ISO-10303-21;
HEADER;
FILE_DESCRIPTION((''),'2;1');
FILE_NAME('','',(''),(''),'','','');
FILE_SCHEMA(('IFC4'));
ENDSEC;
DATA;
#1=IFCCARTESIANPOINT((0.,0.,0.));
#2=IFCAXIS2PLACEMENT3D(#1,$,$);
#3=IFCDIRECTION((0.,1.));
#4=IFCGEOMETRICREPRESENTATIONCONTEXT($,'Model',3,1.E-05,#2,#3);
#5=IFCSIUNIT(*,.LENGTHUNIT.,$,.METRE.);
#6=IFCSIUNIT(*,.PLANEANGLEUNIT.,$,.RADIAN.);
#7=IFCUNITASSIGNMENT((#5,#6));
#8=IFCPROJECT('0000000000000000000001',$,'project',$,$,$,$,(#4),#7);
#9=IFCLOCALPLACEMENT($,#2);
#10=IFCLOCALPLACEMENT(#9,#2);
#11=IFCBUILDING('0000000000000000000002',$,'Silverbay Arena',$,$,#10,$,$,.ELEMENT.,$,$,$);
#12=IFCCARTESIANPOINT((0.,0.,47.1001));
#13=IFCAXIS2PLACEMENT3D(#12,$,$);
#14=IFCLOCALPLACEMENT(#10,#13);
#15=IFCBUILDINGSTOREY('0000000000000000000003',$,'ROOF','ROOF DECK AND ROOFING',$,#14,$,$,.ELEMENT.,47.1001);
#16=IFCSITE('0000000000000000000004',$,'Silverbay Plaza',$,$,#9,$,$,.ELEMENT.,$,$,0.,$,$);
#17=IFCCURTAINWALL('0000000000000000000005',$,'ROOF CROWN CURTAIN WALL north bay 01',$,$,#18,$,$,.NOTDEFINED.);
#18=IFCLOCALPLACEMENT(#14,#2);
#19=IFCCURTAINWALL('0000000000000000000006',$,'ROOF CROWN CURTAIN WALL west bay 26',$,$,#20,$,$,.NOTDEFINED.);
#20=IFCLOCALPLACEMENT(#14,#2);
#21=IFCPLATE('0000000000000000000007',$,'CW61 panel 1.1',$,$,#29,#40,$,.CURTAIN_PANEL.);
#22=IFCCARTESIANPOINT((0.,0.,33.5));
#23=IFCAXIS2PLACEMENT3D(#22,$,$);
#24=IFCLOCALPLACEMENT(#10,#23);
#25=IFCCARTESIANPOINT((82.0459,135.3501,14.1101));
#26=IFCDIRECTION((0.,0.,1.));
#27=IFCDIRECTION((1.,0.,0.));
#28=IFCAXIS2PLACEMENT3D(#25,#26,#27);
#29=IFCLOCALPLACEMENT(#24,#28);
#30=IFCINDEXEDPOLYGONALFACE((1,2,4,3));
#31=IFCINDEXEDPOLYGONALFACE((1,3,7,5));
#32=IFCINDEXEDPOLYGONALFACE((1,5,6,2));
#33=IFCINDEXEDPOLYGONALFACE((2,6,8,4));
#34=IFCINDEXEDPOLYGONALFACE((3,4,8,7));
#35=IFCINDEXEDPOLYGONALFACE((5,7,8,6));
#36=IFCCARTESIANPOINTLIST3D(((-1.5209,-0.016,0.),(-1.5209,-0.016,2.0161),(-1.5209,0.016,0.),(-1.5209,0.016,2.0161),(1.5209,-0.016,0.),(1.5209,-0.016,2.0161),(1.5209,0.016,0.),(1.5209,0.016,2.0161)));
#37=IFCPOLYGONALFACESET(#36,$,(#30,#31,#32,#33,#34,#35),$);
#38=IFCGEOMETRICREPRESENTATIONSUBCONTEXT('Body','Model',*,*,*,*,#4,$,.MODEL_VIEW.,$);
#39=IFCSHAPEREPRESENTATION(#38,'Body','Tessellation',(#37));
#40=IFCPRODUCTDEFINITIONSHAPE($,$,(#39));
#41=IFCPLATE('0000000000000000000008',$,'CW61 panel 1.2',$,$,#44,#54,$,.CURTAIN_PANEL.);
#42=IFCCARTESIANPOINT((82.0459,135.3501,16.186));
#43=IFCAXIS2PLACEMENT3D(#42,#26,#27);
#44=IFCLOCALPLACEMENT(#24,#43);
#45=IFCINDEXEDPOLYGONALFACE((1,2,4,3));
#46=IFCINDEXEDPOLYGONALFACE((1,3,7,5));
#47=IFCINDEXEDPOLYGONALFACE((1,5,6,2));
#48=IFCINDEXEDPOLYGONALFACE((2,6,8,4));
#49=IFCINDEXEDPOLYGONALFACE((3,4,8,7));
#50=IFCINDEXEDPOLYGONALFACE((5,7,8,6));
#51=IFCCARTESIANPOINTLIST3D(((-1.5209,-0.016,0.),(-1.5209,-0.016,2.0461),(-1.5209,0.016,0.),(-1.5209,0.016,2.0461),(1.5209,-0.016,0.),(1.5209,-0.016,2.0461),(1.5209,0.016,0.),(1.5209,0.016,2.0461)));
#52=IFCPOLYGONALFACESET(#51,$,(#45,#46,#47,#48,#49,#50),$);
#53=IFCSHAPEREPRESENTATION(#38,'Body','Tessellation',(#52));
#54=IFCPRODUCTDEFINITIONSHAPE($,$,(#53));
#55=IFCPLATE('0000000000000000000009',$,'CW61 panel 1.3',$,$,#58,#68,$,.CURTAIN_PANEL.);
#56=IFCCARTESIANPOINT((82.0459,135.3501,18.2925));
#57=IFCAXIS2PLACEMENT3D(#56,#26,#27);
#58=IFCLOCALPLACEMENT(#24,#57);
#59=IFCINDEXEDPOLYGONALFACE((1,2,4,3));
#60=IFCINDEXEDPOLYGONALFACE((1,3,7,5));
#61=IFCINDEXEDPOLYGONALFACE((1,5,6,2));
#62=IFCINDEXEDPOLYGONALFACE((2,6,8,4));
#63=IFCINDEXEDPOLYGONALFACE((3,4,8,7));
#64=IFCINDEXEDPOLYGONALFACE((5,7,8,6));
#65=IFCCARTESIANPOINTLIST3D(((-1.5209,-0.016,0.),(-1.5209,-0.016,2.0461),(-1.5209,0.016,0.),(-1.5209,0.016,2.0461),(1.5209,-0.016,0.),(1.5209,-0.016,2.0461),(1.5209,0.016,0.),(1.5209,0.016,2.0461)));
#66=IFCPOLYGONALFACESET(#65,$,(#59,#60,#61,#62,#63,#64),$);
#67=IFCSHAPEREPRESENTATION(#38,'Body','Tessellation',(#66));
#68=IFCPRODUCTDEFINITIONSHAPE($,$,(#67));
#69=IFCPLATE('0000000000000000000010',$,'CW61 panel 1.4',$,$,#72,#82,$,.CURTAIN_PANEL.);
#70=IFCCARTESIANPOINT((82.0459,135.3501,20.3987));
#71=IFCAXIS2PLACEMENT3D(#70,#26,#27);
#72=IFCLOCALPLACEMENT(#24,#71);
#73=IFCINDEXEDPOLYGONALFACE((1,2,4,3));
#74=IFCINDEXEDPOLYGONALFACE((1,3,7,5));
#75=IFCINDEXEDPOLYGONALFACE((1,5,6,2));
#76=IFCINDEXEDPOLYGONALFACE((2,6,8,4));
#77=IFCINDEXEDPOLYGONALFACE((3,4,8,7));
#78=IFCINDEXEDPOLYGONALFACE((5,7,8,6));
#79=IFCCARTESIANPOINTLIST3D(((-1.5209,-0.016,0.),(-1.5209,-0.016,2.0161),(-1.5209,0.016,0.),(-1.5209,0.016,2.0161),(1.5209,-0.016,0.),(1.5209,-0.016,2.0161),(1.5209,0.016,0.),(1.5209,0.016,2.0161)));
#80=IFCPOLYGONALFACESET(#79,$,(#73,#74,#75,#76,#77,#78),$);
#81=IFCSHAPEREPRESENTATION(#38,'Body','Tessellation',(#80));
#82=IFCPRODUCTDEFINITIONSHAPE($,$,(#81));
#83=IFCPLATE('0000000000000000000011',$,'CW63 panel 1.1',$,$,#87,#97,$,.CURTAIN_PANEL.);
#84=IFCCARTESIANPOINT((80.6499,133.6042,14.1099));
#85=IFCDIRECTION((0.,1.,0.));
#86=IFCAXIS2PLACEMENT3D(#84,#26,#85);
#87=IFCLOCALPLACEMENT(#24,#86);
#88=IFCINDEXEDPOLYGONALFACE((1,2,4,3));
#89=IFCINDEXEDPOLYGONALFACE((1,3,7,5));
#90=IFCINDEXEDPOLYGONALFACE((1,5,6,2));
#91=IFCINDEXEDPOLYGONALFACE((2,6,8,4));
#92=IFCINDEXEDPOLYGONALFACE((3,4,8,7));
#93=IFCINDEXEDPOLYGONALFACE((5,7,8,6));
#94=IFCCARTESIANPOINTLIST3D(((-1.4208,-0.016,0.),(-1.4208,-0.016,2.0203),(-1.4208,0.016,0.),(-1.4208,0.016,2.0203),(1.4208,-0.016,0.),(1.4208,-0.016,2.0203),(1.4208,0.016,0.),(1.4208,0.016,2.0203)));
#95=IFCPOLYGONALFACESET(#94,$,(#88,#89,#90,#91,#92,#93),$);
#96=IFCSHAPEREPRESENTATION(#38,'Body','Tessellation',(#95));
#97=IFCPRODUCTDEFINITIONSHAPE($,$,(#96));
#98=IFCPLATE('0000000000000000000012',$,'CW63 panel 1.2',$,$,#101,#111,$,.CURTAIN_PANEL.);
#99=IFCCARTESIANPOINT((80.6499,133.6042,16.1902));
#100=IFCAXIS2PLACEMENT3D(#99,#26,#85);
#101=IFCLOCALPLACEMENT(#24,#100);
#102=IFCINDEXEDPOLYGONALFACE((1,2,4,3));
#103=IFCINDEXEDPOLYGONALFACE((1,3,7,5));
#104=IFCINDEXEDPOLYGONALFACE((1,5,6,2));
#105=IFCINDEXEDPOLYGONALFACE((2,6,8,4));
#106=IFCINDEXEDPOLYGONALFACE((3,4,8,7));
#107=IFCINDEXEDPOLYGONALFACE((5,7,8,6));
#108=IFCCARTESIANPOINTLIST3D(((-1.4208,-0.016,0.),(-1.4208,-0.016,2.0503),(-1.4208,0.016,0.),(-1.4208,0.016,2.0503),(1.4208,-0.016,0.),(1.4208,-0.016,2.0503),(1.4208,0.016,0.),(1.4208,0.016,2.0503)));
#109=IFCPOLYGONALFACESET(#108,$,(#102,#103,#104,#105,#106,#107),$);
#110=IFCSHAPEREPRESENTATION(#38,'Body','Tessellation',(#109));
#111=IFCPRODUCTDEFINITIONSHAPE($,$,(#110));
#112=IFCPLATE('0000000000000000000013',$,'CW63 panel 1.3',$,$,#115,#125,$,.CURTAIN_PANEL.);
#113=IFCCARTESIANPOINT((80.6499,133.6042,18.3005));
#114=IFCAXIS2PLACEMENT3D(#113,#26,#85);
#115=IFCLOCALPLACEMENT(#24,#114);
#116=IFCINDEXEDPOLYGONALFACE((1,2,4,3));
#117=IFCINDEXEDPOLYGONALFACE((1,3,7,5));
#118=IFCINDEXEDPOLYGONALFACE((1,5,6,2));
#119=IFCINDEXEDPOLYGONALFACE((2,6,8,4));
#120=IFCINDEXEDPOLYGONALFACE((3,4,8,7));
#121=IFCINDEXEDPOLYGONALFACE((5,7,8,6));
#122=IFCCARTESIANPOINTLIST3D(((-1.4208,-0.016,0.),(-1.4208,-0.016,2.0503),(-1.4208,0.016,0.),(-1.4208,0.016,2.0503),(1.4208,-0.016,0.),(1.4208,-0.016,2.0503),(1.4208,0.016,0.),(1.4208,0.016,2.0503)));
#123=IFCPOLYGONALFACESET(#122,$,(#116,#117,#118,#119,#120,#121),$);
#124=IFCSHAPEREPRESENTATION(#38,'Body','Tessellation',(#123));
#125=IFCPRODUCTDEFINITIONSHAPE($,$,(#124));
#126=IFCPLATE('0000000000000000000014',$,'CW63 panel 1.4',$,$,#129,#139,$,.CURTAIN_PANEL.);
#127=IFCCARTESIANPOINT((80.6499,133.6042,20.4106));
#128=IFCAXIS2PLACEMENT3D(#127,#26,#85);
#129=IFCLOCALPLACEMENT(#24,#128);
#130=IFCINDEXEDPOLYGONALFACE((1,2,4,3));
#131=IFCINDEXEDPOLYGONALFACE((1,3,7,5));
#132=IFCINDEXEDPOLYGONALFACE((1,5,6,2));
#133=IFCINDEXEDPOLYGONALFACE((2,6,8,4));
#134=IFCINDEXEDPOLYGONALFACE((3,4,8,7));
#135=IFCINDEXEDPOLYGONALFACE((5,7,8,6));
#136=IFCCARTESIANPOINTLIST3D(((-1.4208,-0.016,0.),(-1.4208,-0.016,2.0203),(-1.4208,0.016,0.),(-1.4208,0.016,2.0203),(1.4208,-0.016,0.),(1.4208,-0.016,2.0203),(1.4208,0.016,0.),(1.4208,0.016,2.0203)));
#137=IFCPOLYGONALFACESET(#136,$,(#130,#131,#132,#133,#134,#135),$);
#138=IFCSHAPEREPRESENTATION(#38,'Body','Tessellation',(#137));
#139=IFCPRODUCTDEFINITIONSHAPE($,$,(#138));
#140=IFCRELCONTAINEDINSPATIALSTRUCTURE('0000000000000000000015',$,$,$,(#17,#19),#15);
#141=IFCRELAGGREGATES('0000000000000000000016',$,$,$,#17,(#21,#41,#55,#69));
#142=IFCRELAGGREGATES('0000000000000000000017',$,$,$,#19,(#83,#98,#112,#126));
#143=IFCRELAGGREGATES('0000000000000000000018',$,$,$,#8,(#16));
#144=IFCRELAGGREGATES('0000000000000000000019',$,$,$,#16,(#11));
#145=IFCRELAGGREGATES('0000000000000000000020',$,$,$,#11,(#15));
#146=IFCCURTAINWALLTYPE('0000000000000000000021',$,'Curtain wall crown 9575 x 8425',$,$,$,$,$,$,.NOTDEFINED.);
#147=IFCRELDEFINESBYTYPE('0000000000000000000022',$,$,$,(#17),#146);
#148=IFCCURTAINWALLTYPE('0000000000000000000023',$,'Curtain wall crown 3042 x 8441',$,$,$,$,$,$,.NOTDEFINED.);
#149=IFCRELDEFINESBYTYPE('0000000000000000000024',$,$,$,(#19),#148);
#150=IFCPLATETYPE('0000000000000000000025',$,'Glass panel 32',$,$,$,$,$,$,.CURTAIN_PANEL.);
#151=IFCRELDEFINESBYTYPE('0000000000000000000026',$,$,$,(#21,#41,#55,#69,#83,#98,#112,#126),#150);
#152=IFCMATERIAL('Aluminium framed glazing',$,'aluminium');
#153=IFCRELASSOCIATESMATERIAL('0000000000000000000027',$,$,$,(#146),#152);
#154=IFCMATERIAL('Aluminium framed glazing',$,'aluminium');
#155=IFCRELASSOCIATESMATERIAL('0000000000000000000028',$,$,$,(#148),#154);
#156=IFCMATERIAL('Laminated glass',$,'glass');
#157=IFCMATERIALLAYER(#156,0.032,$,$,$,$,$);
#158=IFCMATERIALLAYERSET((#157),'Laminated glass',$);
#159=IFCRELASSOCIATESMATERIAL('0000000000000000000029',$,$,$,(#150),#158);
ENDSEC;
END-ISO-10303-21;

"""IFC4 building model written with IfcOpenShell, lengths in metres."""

from ifc_helpers import new_model, si_unit, direction, frame, origin, origin_2d, place, context, subcontext, project, spatial, rectangle, extrude, material, layer, layer_set, type_object, element, aggregate, save


model = new_model("IFC4")

# Units and contexts
model_context = context("Model", 3, precision=1e-05, world=origin(), true_north=direction((0.0, 1.0)))
body_context = subcontext(model_context, "Body", "Model", "MODEL_VIEW")
ifc_project = project(units=[si_unit("LENGTHUNIT", "METRE"), si_unit("PLANEANGLEUNIT", "RADIAN")], contexts=[model_context])

# Site, building, storey
site_placement = place(None, origin())
site = spatial("IfcSite", under=ifc_project, at=site_placement, Name="Silverbay Plaza", CompositionType="ELEMENT", RefElevation=0.0)
building_placement = place(site_placement, origin())
building = spatial("IfcBuilding", under=site, at=building_placement, Name="Silverbay Arena", CompositionType="ELEMENT")
storey_placement = place(building_placement, frame((0.0, 0.0, 47.1001)))
storey = spatial("IfcBuildingStorey", under=building, at=storey_placement, Name="ROOF", Description="ROOF DECK AND ROOFING", CompositionType="ELEMENT", Elevation=47.1001)

# Curtain wall
ifc_material_1 = material(Name="Aluminium framed glazing", Category="aluminium")
curtain_wall_type_1 = type_object("IfcCurtainWallType", Name="Curtain wall crown 9575 x 8425", PredefinedType="NOTDEFINED", material=ifc_material_1)
curtain_wall_1_placement = place(storey_placement, origin())
curtain_wall_1 = element("IfcCurtainWall", 1, at=curtain_wall_1_placement, inside=storey, type_object=curtain_wall_type_1, Name="ROOF CROWN CURTAIN WALL north bay 01", PredefinedType="NOTDEFINED")
placement = place(building_placement, frame((0.0, 0.0, 33.5)))

# Curtain wall
ifc_material_2 = material(Name="Aluminium framed glazing", Category="aluminium")
curtain_wall_type_2 = type_object("IfcCurtainWallType", Name="Curtain wall crown 3042 x 8441", PredefinedType="NOTDEFINED", material=ifc_material_2)
curtain_wall_2_placement = place(storey_placement, origin())
curtain_wall_2 = element("IfcCurtainWall", 2, at=curtain_wall_2_placement, inside=storey, type_object=curtain_wall_type_2, Name="ROOF CROWN CURTAIN WALL west bay 26", PredefinedType="NOTDEFINED")

# Plates
ifc_material_3 = material(Name="Laminated glass", Category="glass")
ifc_layer_1 = layer(ifc_material_3, 0.032)
ifc_layer_set_1 = layer_set([ifc_layer_1], Name="Laminated glass")
plate_type = type_object("IfcPlateType", Name="Glass panel 32", PredefinedType="CURTAIN_PANEL", material=ifc_layer_set_1)
plate_1_placement = place(placement, frame((82.0459, 135.3501, 14.1101), z_axis=(0.0, 0.0, 1.0), x_axis=(1.0, 0.0, 0.0)))
plate_1 = element("IfcPlate", 3, at=plate_1_placement, type_object=plate_type, Name="CW61 panel 1.1", PredefinedType="CURTAIN_PANEL", context=body_context, shape_type="SweptSolid", body=[
    extrude(rectangle(XDim=3.0417, YDim=0.032, at=origin_2d()), origin(), (0.0, 0.0, 1.0), 2.0161),
])
plate_2_placement = place(placement, frame((82.0459, 135.3501, 16.186), z_axis=(0.0, 0.0, 1.0), x_axis=(1.0, 0.0, 0.0)))
plate_2 = element("IfcPlate", 4, at=plate_2_placement, type_object=plate_type, Name="CW61 panel 1.2", PredefinedType="CURTAIN_PANEL", context=body_context, shape_type="SweptSolid", body=[
    extrude(rectangle(XDim=3.0417, YDim=0.032, at=origin_2d()), origin(), (0.0, 0.0, 1.0), 2.0461),
])
plate_3_placement = place(placement, frame((82.0459, 135.3501, 18.2925), z_axis=(0.0, 0.0, 1.0), x_axis=(1.0, 0.0, 0.0)))
plate_3 = element("IfcPlate", 5, at=plate_3_placement, type_object=plate_type, Name="CW61 panel 1.3", PredefinedType="CURTAIN_PANEL", context=body_context, shape_type="SweptSolid", body=[
    extrude(rectangle(XDim=3.0417, YDim=0.032, at=origin_2d()), origin(), (0.0, 0.0, 1.0), 2.0461),
])
plate_4_placement = place(placement, frame((82.0459, 135.3501, 20.3987), z_axis=(0.0, 0.0, 1.0), x_axis=(1.0, 0.0, 0.0)))
plate_4 = element("IfcPlate", 6, at=plate_4_placement, type_object=plate_type, Name="CW61 panel 1.4", PredefinedType="CURTAIN_PANEL", context=body_context, shape_type="SweptSolid", body=[
    extrude(rectangle(XDim=3.0417, YDim=0.032, at=origin_2d()), origin(), (0.0, 0.0, 1.0), 2.0161),
])
aggregate(curtain_wall_1, [plate_1, plate_2, plate_3, plate_4])
plate_5_placement = place(placement, frame((80.6499, 133.6042, 14.1099), z_axis=(0.0, 0.0, 1.0), x_axis=(0.0, 1.0, 0.0)))
plate_5 = element("IfcPlate", 7, at=plate_5_placement, type_object=plate_type, Name="CW63 panel 1.1", PredefinedType="CURTAIN_PANEL", context=body_context, shape_type="SweptSolid", body=[
    extrude(rectangle(XDim=2.8416, YDim=0.032, at=origin_2d()), origin(), (0.0, 0.0, 1.0), 2.0203),
])
plate_6_placement = place(placement, frame((80.6499, 133.6042, 16.1902), z_axis=(0.0, 0.0, 1.0), x_axis=(0.0, 1.0, 0.0)))
plate_6 = element("IfcPlate", 8, at=plate_6_placement, type_object=plate_type, Name="CW63 panel 1.2", PredefinedType="CURTAIN_PANEL", context=body_context, shape_type="SweptSolid", body=[
    extrude(rectangle(XDim=2.8416, YDim=0.032, at=origin_2d()), origin(), (0.0, 0.0, 1.0), 2.0503),
])
plate_7_placement = place(placement, frame((80.6499, 133.6042, 18.3005), z_axis=(0.0, 0.0, 1.0), x_axis=(0.0, 1.0, 0.0)))
plate_7 = element("IfcPlate", 9, at=plate_7_placement, type_object=plate_type, Name="CW63 panel 1.3", PredefinedType="CURTAIN_PANEL", context=body_context, shape_type="SweptSolid", body=[
    extrude(rectangle(XDim=2.8416, YDim=0.032, at=origin_2d()), origin(), (0.0, 0.0, 1.0), 2.0503),
])
plate_8_placement = place(placement, frame((80.6499, 133.6042, 20.4106), z_axis=(0.0, 0.0, 1.0), x_axis=(0.0, 1.0, 0.0)))
plate_8 = element("IfcPlate", 10, at=plate_8_placement, type_object=plate_type, Name="CW63 panel 1.4", PredefinedType="CURTAIN_PANEL", context=body_context, shape_type="SweptSolid", body=[
    extrude(rectangle(XDim=2.8416, YDim=0.032, at=origin_2d()), origin(), (0.0, 0.0, 1.0), 2.0203),
])
aggregate(curtain_wall_2, [plate_5, plate_6, plate_7, plate_8])

save(model, "model.ifc")
